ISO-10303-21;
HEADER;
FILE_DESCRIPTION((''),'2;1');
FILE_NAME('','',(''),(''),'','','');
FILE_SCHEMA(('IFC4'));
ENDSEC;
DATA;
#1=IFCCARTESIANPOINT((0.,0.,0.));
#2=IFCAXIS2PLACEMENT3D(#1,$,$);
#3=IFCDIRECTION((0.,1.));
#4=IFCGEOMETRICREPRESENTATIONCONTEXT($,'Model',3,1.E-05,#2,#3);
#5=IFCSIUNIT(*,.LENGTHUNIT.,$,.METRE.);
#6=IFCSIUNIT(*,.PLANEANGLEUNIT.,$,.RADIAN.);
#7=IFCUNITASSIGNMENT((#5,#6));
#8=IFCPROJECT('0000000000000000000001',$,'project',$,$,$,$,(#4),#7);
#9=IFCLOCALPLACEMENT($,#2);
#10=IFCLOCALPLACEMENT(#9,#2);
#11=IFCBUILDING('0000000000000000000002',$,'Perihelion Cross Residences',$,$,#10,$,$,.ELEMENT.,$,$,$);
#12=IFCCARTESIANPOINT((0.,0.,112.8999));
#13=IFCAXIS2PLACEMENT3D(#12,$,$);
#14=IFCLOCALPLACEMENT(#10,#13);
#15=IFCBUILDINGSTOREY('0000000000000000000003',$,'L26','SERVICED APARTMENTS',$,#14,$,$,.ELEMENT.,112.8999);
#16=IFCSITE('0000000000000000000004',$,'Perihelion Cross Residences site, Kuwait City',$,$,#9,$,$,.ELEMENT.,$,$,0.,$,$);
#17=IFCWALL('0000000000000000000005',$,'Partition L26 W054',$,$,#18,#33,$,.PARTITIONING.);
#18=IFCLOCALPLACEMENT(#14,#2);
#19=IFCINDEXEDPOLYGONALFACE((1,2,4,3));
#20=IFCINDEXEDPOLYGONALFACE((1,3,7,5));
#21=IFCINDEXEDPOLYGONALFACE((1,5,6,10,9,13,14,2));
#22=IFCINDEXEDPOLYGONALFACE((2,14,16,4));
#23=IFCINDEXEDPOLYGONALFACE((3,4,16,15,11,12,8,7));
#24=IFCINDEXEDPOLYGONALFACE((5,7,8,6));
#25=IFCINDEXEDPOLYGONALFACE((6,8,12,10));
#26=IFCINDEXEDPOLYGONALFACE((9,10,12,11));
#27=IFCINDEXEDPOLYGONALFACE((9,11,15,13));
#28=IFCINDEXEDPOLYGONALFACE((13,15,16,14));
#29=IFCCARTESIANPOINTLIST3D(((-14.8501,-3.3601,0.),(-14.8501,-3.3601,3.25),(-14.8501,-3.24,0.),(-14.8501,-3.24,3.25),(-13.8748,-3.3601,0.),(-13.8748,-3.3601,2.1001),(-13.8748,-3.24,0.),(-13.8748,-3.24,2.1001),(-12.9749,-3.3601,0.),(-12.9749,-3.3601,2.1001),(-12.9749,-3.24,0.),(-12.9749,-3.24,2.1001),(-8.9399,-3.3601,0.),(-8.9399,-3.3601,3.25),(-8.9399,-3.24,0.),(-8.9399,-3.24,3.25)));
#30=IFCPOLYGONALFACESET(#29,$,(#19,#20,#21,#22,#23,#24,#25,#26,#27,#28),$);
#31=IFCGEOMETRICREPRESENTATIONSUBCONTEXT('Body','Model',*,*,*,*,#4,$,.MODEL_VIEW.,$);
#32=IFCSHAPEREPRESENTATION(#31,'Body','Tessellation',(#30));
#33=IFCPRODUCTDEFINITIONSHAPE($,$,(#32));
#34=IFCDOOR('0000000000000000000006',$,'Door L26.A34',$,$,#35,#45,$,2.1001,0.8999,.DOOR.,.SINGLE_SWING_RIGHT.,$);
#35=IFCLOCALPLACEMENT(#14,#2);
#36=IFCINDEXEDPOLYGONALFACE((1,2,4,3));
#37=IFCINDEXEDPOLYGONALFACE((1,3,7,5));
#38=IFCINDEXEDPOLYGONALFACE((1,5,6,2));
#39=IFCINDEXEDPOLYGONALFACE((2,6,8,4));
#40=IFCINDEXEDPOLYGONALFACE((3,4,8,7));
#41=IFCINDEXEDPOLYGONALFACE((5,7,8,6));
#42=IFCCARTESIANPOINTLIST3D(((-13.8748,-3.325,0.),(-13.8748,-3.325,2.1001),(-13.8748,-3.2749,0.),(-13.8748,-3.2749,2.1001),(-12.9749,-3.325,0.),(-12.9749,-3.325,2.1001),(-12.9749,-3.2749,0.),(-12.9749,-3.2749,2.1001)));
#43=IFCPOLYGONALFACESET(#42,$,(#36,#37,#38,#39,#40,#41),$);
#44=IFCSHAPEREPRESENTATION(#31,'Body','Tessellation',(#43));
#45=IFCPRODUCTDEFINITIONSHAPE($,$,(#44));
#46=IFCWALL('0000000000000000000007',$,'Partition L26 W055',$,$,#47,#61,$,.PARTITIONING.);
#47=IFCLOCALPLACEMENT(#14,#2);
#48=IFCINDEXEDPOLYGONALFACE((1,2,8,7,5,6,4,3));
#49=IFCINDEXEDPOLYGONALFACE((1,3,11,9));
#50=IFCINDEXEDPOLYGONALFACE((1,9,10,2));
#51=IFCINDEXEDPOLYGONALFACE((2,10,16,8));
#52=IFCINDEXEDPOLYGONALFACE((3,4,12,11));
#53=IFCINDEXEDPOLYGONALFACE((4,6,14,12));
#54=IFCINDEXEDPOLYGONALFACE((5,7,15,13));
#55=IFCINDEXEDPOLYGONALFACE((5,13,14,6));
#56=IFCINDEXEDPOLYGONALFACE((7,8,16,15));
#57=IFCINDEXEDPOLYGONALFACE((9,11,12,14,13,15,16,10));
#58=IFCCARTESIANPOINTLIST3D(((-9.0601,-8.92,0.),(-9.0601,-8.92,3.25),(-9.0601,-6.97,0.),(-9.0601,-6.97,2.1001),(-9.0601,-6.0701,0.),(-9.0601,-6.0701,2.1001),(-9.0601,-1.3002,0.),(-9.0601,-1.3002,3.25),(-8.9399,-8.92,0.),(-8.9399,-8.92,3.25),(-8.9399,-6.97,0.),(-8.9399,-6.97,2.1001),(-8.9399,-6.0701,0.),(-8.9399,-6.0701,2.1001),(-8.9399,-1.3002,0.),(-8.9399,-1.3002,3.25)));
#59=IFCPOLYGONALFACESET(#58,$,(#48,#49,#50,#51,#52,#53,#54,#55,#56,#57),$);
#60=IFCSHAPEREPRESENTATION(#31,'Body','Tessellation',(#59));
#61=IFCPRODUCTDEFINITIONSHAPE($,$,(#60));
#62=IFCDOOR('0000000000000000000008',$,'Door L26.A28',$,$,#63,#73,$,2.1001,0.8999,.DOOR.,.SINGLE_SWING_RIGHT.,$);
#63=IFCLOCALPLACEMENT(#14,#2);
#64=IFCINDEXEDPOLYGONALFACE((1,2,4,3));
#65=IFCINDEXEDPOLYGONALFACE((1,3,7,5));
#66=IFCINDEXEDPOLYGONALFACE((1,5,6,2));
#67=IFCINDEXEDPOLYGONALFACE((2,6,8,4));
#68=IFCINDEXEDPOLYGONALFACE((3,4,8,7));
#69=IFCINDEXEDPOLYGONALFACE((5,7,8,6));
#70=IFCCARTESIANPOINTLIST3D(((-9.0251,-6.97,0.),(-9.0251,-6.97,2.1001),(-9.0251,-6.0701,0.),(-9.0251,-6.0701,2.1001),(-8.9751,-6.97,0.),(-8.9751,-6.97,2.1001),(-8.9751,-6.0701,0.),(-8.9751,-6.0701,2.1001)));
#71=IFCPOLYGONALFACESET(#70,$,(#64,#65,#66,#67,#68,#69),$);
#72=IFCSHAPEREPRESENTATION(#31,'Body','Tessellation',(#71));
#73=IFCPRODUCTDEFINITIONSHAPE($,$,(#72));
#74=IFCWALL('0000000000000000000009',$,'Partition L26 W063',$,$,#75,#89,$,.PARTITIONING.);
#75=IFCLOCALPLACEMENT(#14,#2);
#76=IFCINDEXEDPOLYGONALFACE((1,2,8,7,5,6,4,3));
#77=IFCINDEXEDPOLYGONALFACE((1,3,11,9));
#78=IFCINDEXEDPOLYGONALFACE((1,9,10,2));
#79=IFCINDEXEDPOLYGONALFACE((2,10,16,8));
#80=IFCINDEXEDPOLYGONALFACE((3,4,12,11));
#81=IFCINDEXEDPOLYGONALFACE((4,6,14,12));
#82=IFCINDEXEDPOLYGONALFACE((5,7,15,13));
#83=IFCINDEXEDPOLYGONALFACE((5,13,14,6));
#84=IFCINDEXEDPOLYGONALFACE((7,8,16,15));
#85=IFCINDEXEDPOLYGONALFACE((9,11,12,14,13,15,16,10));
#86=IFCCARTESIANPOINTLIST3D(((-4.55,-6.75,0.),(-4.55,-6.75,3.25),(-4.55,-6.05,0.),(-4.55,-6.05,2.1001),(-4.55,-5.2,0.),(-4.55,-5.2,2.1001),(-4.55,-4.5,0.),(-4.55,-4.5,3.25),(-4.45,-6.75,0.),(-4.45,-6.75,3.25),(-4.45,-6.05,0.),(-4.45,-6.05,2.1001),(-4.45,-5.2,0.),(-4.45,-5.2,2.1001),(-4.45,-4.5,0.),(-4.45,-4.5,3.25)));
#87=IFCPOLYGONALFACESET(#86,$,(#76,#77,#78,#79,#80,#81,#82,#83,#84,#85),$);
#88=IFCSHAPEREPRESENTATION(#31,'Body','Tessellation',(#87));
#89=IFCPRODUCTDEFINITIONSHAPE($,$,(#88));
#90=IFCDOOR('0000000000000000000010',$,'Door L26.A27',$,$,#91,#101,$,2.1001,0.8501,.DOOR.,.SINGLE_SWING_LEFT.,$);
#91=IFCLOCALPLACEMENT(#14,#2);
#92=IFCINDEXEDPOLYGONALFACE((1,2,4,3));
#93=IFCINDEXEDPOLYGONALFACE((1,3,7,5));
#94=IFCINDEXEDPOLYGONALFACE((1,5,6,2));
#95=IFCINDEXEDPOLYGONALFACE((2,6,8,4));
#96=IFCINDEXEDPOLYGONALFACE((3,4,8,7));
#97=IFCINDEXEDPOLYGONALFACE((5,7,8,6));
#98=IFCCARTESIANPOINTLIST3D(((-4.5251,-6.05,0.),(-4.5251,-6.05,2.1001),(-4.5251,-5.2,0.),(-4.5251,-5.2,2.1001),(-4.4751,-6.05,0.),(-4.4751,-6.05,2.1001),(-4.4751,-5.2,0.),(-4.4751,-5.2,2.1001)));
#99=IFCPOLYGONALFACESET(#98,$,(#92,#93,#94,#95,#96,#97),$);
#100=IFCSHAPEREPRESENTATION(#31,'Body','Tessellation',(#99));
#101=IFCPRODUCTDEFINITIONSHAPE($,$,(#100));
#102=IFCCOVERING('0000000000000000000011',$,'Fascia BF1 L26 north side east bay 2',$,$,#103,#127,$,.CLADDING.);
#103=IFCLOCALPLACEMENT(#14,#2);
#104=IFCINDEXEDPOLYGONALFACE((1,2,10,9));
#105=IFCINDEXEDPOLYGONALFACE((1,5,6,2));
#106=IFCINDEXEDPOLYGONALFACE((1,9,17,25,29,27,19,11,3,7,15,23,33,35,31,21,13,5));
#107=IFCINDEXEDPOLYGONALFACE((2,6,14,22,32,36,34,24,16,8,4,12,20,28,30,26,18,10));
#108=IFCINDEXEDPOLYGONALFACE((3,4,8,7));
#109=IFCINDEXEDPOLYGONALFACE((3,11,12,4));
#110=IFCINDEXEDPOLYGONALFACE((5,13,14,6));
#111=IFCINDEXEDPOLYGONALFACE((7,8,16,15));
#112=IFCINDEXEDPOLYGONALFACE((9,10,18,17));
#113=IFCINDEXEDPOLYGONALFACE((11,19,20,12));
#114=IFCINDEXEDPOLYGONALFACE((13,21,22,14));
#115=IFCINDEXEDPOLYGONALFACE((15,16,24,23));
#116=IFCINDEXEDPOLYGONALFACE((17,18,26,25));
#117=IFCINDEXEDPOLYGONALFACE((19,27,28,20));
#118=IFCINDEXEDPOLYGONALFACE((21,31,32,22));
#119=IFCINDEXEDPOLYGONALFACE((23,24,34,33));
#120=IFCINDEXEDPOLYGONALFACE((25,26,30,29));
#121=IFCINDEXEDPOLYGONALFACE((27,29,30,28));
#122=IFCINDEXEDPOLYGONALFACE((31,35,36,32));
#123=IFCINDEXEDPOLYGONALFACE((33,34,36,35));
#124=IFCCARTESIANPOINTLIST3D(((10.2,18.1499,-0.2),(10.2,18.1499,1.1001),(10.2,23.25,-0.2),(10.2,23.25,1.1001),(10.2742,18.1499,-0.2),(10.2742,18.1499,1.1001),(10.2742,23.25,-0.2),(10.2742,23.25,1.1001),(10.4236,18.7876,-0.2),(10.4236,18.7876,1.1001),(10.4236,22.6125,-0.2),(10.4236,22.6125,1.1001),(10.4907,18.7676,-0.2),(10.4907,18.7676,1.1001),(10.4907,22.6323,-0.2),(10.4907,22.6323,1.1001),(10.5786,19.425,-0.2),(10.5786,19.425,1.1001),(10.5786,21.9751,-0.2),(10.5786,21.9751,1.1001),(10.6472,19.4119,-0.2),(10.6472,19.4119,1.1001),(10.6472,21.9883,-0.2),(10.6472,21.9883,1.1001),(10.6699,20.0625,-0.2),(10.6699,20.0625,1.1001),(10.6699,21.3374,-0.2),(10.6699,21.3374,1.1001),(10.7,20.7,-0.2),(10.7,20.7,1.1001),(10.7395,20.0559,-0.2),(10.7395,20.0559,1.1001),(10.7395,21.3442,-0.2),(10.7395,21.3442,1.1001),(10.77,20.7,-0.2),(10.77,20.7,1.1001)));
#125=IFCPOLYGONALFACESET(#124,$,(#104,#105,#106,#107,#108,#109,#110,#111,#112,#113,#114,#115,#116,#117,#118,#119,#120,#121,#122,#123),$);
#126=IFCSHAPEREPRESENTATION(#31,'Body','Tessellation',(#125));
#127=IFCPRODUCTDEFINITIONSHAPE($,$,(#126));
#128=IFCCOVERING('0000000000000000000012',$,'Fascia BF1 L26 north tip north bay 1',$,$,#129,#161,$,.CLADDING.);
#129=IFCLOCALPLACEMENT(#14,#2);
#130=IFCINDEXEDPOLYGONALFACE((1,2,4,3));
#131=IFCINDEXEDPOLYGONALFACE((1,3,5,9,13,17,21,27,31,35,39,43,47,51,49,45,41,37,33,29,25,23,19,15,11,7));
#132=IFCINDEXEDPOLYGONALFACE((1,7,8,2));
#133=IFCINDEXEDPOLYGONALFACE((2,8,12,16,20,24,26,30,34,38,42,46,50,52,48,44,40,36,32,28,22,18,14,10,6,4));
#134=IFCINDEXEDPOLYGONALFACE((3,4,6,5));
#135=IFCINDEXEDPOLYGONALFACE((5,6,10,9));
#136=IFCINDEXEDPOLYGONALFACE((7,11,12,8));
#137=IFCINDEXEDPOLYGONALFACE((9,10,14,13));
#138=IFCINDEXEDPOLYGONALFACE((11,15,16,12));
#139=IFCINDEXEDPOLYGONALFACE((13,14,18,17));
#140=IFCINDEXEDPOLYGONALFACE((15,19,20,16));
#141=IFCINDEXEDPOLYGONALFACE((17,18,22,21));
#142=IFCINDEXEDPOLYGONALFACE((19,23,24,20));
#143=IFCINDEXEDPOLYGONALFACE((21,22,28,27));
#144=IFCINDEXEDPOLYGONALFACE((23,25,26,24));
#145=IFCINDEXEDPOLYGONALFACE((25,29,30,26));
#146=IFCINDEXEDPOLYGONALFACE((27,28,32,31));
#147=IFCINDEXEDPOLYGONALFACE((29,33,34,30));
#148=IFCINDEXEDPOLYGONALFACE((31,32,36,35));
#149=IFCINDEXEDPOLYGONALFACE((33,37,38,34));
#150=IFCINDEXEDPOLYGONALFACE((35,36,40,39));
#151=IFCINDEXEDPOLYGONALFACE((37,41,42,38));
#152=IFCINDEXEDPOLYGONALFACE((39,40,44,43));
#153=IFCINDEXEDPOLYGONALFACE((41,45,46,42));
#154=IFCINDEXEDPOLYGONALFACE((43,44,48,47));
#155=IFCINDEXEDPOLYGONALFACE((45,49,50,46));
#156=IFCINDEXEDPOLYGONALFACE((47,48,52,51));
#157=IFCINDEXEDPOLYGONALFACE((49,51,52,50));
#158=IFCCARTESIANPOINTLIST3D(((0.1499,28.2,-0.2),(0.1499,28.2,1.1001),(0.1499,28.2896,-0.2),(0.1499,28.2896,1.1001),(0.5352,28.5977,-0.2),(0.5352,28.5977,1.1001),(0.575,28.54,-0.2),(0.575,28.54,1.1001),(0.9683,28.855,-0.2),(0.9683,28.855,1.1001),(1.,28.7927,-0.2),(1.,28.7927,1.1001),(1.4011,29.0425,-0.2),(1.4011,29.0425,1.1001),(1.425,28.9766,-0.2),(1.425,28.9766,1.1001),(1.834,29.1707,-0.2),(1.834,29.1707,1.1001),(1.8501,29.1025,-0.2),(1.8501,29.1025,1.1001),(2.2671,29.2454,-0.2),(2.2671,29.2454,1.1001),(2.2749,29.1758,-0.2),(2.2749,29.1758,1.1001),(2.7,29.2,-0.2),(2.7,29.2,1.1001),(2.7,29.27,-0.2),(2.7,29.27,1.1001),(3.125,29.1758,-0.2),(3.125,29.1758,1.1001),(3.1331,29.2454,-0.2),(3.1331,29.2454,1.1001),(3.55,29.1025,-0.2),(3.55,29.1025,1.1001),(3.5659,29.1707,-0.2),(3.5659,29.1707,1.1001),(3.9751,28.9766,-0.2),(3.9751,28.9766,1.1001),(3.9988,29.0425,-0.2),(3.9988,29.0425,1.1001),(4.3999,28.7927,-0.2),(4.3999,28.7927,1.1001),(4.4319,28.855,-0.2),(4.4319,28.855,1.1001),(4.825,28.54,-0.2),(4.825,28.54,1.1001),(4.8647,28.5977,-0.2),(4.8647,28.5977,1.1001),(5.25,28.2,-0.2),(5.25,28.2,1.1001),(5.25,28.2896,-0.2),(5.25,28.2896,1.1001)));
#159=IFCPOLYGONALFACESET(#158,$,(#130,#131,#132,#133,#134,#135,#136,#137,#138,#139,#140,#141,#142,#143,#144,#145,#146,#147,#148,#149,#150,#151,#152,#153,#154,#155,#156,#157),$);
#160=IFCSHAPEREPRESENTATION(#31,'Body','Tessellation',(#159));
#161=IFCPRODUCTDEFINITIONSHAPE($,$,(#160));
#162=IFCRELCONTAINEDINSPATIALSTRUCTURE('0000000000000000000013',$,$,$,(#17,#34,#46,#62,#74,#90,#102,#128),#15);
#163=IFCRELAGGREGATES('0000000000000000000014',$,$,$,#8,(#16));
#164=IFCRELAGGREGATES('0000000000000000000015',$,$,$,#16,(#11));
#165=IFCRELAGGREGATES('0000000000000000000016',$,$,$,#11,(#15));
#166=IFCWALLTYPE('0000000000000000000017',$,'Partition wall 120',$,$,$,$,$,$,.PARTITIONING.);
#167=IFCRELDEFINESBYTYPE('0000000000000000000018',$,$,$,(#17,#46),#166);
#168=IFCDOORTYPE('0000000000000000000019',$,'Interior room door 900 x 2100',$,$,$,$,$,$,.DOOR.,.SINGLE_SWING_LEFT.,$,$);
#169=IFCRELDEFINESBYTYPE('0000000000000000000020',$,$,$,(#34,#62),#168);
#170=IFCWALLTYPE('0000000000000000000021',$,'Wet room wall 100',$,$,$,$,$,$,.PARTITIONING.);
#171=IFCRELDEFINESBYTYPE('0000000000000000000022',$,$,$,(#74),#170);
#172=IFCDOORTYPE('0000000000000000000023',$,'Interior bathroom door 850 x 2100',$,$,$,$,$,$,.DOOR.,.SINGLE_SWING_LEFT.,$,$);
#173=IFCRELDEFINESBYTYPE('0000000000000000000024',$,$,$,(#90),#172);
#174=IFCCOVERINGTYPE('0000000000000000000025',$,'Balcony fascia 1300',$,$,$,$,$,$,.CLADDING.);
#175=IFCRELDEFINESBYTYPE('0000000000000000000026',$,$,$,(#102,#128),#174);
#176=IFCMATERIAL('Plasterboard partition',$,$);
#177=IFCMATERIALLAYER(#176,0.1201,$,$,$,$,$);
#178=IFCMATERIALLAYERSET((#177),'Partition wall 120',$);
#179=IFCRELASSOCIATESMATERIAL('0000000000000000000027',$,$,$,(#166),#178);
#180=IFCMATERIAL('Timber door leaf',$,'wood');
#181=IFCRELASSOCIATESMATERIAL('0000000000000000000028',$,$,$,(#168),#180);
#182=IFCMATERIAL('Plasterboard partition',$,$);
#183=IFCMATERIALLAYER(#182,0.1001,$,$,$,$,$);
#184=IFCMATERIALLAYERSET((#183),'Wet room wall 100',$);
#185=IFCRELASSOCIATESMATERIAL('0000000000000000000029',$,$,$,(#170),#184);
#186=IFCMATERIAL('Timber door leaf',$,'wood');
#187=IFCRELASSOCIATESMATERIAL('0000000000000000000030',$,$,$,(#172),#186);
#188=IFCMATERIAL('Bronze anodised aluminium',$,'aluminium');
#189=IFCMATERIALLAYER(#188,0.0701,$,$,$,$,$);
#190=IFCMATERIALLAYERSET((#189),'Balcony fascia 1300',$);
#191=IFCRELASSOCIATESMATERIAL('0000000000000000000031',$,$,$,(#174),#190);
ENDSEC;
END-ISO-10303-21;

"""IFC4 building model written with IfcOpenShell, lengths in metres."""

from ifc_helpers import new_model, si_unit, direction, frame, frame_2d, origin, place, context, subcontext, project, spatial, polyline, rectangle, outline, extrude, material, layer, layer_set, type_object, element, fill, save


model = new_model("IFC4")

# Units and contexts
model_context = context("Model", 3, precision=1e-05, world=origin(), true_north=direction((0.0, 1.0)))
body_context = subcontext(model_context, "Body", "Model", "MODEL_VIEW")
ifc_project = project(units=[si_unit("LENGTHUNIT", "METRE"), si_unit("PLANEANGLEUNIT", "RADIAN")], contexts=[model_context])

# Site, building, storey
site_placement = place(None, origin())
site = spatial("IfcSite", under=ifc_project, at=site_placement, Name="Perihelion Cross Residences site, Kuwait City", CompositionType="ELEMENT", RefElevation=0.0)
building_placement = place(site_placement, origin())
building = spatial("IfcBuilding", under=site, at=building_placement, Name="Perihelion Cross Residences", CompositionType="ELEMENT")
storey_placement = place(building_placement, frame((0.0, 0.0, 112.8999)))
storey = spatial("IfcBuildingStorey", under=building, at=storey_placement, Name="L26", Description="SERVICED APARTMENTS", CompositionType="ELEMENT", Elevation=112.8999)

# Shared definitions
ifc_material_1 = material(Name="Plasterboard partition")
ifc_layer_1 = layer(ifc_material_1, 0.1201)
ifc_layer_set_1 = layer_set([ifc_layer_1], Name="Partition wall 120")
wall_type_1 = type_object("IfcWallType", Name="Partition wall 120", PredefinedType="PARTITIONING", material=ifc_layer_set_1)

# Walls, openings, doors
wall_1_placement = place(storey_placement, frame((-8.9399, -3.3, 0.0), z_axis=(0.0, 0.0, 1.0), x_axis=(-1.0, 0.0, 0.0)))
wall_1 = element("IfcWall", 1, at=wall_1_placement, inside=storey, type_object=wall_type_1, Name="Partition L26 W054", PredefinedType="PARTITIONING", context=body_context, shape_type="SweptSolid", body=[
    extrude(rectangle(XDim=5.9102, YDim=0.1201, at=frame_2d((2.9551, 0.0))), origin(), (0.0, 0.0, 1.0), 3.25),
])
opening_1_placement = place(wall_1_placement, frame((4.0349, 0.0, 0.0)))
opening_1 = element("IfcOpeningElement", 2, at=opening_1_placement, cuts=wall_1, PredefinedType="OPENING", context=body_context, shape_type="SweptSolid", body=[
    extrude(rectangle(XDim=0.8999, YDim=2.1001, at=frame_2d((0.45, 1.05))), frame((0.0, 0.0701, 0.0), z_axis=(0.0, -1.0, 0.0), x_axis=(1.0, 0.0, 0.0)), (0.0, 0.0, 1.0), 0.1401),
])
ifc_material_2 = material(Name="Timber door leaf", Category="wood")
door_type_1 = type_object("IfcDoorType", Name="Interior room door 900 x 2100", OperationType="SINGLE_SWING_LEFT", PredefinedType="DOOR", material=ifc_material_2)
door_1_placement = place(opening_1_placement, origin())
door_1 = element("IfcDoor", 3, at=door_1_placement, inside=storey, type_object=door_type_1, Name="Door L26.A34", OperationType="SINGLE_SWING_RIGHT", OverallHeight=2.1001, OverallWidth=0.8999, PredefinedType="DOOR", context=body_context, shape_type="SweptSolid", body=[
    extrude(rectangle(XDim=0.8999, YDim=2.1001, at=frame_2d((0.45, 1.05))), frame((0.0, 0.0249, 0.0), z_axis=(0.0, -1.0, 0.0), x_axis=(1.0, 0.0, 0.0)), (0.0, 0.0, 1.0), 0.05),
])
fill(opening_1, door_1)
wall_2_placement = place(storey_placement, frame((-9.0, -1.3, 0.0), z_axis=(0.0, 0.0, 1.0), x_axis=(0.0, -1.0, 0.0)))
wall_2 = element("IfcWall", 4, at=wall_2_placement, inside=storey, type_object=wall_type_1, Name="Partition L26 W055", PredefinedType="PARTITIONING", context=body_context, shape_type="SweptSolid", body=[
    extrude(rectangle(XDim=7.6199, YDim=0.1201, at=frame_2d((3.8101, 0.0))), origin(), (0.0, 0.0, 1.0), 3.25),
])
opening_2_placement = place(wall_2_placement, frame((4.77, 0.0, 0.0)))
opening_2 = element("IfcOpeningElement", 5, at=opening_2_placement, cuts=wall_2, PredefinedType="OPENING", context=body_context, shape_type="SweptSolid", body=[
    extrude(rectangle(XDim=0.8999, YDim=2.1001, at=frame_2d((0.45, 1.05))), frame((0.0, 0.0701, 0.0), z_axis=(0.0, -1.0, 0.0), x_axis=(1.0, 0.0, 0.0)), (0.0, 0.0, 1.0), 0.1401),
])
door_2_placement = place(opening_2_placement, origin())
door_2 = element("IfcDoor", 6, at=door_2_placement, inside=storey, type_object=door_type_1, Name="Door L26.A28", OperationType="SINGLE_SWING_RIGHT", OverallHeight=2.1001, OverallWidth=0.8999, PredefinedType="DOOR", context=body_context, shape_type="SweptSolid", body=[
    extrude(rectangle(XDim=0.8999, YDim=2.1001, at=frame_2d((0.45, 1.05))), frame((0.0, 0.0249, 0.0), z_axis=(0.0, -1.0, 0.0), x_axis=(1.0, 0.0, 0.0)), (0.0, 0.0, 1.0), 0.05),
])
fill(opening_2, door_2)
ifc_material_3 = material(Name="Plasterboard partition")
ifc_layer_2 = layer(ifc_material_3, 0.1001)
ifc_layer_set_2 = layer_set([ifc_layer_2], Name="Wet room wall 100")
wall_type_2 = type_object("IfcWallType", Name="Wet room wall 100", PredefinedType="PARTITIONING", material=ifc_layer_set_2)
wall_3_placement = place(storey_placement, frame((-4.5, -4.5, 0.0), z_axis=(0.0, 0.0, 1.0), x_axis=(0.0, -1.0, 0.0)))
wall_3 = element("IfcWall", 7, at=wall_3_placement, inside=storey, type_object=wall_type_2, Name="Partition L26 W063", PredefinedType="PARTITIONING", context=body_context, shape_type="SweptSolid", body=[
    extrude(rectangle(XDim=2.25, YDim=0.1001, at=frame_2d((1.125, 0.0))), origin(), (0.0, 0.0, 1.0), 3.25),
])
opening_3_placement = place(wall_3_placement, frame((0.7, 0.0, 0.0)))
opening_3 = element("IfcOpeningElement", 8, at=opening_3_placement, cuts=wall_3, PredefinedType="OPENING", context=body_context, shape_type="SweptSolid", body=[
    extrude(rectangle(XDim=0.8501, YDim=2.1001, at=frame_2d((0.425, 1.05))), frame((0.0, 0.0601, 0.0), z_axis=(0.0, -1.0, 0.0), x_axis=(1.0, 0.0, 0.0)), (0.0, 0.0, 1.0), 0.1201),
])
ifc_material_4 = material(Name="Timber door leaf", Category="wood")
door_type_2 = type_object("IfcDoorType", Name="Interior bathroom door 850 x 2100", OperationType="SINGLE_SWING_LEFT", PredefinedType="DOOR", material=ifc_material_4)
door_3_placement = place(opening_3_placement, origin())
door_3 = element("IfcDoor", 9, at=door_3_placement, inside=storey, type_object=door_type_2, Name="Door L26.A27", OperationType="SINGLE_SWING_LEFT", OverallHeight=2.1001, OverallWidth=0.8501, PredefinedType="DOOR", context=body_context, shape_type="SweptSolid", body=[
    extrude(rectangle(XDim=0.8501, YDim=2.1001, at=frame_2d((0.425, 1.05))), frame((0.0, 0.0249, 0.0), z_axis=(0.0, -1.0, 0.0), x_axis=(1.0, 0.0, 0.0)), (0.0, 0.0, 1.0), 0.05),
])
fill(opening_3, door_3)

# Coverings
ifc_material_5 = material(Name="Bronze anodised aluminium", Category="aluminium")
ifc_layer_3 = layer(ifc_material_5, 0.0701)
ifc_layer_set_3 = layer_set([ifc_layer_3], Name="Balcony fascia 1300")
covering_type = type_object("IfcCoveringType", Name="Balcony fascia 1300", PredefinedType="CLADDING", material=ifc_layer_set_3)
covering_1_placement = place(storey_placement, frame((0.0, 0.0, -0.2)))
element("IfcCovering", 10, at=covering_1_placement, inside=storey, type_object=covering_type, Name="Fascia BF1 L26 north side east bay 2", PredefinedType="CLADDING", context=body_context, shape_type="SweptSolid", body=[
    extrude(outline(polyline([(10.4907, 18.7676), (10.6472, 19.4119), (10.7395, 20.0559), (10.77, 20.7), (10.7395, 21.3442), (10.6472, 21.9883), (10.4907, 22.6323), (10.2742, 23.25), (10.2, 23.25), (10.4236, 22.6125), (10.5786, 21.9751), (10.6699, 21.3374), (10.7, 20.7), (10.6699, 20.0625), (10.5786, 19.425), (10.4236, 18.7876), (10.2, 18.1499), (10.2742, 18.1499), (10.4907, 18.7676)])), origin(), (0.0, 0.0, 1.0), 1.3),
])
covering_2_placement = place(storey_placement, frame((0.0, 0.0, -0.2)))
element("IfcCovering", 11, at=covering_2_placement, inside=storey, type_object=covering_type, Name="Fascia BF1 L26 north tip north bay 1", PredefinedType="CLADDING", context=body_context, shape_type="SweptSolid", body=[
    extrude(outline(polyline([(4.8647, 28.5977), (4.4319, 28.855), (3.9988, 29.0425), (3.5659, 29.1707), (3.1331, 29.2454), (2.7, 29.27), (2.2671, 29.2454), (1.834, 29.1707), (1.4011, 29.0425), (0.9683, 28.855), (0.5352, 28.5977), (0.1499, 28.2896), (0.1499, 28.2), (0.575, 28.54), (1.0, 28.7927), (1.425, 28.9766), (1.8501, 29.1025), (2.2749, 29.1758), (2.7, 29.2), (3.125, 29.1758), (3.55, 29.1025), (3.9751, 28.9766), (4.3999, 28.7927), (4.825, 28.54), (5.25, 28.2), (5.25, 28.2896), (4.8647, 28.5977)])), origin(), (0.0, 0.0, 1.0), 1.3),
])

save(model, "model.ifc")
